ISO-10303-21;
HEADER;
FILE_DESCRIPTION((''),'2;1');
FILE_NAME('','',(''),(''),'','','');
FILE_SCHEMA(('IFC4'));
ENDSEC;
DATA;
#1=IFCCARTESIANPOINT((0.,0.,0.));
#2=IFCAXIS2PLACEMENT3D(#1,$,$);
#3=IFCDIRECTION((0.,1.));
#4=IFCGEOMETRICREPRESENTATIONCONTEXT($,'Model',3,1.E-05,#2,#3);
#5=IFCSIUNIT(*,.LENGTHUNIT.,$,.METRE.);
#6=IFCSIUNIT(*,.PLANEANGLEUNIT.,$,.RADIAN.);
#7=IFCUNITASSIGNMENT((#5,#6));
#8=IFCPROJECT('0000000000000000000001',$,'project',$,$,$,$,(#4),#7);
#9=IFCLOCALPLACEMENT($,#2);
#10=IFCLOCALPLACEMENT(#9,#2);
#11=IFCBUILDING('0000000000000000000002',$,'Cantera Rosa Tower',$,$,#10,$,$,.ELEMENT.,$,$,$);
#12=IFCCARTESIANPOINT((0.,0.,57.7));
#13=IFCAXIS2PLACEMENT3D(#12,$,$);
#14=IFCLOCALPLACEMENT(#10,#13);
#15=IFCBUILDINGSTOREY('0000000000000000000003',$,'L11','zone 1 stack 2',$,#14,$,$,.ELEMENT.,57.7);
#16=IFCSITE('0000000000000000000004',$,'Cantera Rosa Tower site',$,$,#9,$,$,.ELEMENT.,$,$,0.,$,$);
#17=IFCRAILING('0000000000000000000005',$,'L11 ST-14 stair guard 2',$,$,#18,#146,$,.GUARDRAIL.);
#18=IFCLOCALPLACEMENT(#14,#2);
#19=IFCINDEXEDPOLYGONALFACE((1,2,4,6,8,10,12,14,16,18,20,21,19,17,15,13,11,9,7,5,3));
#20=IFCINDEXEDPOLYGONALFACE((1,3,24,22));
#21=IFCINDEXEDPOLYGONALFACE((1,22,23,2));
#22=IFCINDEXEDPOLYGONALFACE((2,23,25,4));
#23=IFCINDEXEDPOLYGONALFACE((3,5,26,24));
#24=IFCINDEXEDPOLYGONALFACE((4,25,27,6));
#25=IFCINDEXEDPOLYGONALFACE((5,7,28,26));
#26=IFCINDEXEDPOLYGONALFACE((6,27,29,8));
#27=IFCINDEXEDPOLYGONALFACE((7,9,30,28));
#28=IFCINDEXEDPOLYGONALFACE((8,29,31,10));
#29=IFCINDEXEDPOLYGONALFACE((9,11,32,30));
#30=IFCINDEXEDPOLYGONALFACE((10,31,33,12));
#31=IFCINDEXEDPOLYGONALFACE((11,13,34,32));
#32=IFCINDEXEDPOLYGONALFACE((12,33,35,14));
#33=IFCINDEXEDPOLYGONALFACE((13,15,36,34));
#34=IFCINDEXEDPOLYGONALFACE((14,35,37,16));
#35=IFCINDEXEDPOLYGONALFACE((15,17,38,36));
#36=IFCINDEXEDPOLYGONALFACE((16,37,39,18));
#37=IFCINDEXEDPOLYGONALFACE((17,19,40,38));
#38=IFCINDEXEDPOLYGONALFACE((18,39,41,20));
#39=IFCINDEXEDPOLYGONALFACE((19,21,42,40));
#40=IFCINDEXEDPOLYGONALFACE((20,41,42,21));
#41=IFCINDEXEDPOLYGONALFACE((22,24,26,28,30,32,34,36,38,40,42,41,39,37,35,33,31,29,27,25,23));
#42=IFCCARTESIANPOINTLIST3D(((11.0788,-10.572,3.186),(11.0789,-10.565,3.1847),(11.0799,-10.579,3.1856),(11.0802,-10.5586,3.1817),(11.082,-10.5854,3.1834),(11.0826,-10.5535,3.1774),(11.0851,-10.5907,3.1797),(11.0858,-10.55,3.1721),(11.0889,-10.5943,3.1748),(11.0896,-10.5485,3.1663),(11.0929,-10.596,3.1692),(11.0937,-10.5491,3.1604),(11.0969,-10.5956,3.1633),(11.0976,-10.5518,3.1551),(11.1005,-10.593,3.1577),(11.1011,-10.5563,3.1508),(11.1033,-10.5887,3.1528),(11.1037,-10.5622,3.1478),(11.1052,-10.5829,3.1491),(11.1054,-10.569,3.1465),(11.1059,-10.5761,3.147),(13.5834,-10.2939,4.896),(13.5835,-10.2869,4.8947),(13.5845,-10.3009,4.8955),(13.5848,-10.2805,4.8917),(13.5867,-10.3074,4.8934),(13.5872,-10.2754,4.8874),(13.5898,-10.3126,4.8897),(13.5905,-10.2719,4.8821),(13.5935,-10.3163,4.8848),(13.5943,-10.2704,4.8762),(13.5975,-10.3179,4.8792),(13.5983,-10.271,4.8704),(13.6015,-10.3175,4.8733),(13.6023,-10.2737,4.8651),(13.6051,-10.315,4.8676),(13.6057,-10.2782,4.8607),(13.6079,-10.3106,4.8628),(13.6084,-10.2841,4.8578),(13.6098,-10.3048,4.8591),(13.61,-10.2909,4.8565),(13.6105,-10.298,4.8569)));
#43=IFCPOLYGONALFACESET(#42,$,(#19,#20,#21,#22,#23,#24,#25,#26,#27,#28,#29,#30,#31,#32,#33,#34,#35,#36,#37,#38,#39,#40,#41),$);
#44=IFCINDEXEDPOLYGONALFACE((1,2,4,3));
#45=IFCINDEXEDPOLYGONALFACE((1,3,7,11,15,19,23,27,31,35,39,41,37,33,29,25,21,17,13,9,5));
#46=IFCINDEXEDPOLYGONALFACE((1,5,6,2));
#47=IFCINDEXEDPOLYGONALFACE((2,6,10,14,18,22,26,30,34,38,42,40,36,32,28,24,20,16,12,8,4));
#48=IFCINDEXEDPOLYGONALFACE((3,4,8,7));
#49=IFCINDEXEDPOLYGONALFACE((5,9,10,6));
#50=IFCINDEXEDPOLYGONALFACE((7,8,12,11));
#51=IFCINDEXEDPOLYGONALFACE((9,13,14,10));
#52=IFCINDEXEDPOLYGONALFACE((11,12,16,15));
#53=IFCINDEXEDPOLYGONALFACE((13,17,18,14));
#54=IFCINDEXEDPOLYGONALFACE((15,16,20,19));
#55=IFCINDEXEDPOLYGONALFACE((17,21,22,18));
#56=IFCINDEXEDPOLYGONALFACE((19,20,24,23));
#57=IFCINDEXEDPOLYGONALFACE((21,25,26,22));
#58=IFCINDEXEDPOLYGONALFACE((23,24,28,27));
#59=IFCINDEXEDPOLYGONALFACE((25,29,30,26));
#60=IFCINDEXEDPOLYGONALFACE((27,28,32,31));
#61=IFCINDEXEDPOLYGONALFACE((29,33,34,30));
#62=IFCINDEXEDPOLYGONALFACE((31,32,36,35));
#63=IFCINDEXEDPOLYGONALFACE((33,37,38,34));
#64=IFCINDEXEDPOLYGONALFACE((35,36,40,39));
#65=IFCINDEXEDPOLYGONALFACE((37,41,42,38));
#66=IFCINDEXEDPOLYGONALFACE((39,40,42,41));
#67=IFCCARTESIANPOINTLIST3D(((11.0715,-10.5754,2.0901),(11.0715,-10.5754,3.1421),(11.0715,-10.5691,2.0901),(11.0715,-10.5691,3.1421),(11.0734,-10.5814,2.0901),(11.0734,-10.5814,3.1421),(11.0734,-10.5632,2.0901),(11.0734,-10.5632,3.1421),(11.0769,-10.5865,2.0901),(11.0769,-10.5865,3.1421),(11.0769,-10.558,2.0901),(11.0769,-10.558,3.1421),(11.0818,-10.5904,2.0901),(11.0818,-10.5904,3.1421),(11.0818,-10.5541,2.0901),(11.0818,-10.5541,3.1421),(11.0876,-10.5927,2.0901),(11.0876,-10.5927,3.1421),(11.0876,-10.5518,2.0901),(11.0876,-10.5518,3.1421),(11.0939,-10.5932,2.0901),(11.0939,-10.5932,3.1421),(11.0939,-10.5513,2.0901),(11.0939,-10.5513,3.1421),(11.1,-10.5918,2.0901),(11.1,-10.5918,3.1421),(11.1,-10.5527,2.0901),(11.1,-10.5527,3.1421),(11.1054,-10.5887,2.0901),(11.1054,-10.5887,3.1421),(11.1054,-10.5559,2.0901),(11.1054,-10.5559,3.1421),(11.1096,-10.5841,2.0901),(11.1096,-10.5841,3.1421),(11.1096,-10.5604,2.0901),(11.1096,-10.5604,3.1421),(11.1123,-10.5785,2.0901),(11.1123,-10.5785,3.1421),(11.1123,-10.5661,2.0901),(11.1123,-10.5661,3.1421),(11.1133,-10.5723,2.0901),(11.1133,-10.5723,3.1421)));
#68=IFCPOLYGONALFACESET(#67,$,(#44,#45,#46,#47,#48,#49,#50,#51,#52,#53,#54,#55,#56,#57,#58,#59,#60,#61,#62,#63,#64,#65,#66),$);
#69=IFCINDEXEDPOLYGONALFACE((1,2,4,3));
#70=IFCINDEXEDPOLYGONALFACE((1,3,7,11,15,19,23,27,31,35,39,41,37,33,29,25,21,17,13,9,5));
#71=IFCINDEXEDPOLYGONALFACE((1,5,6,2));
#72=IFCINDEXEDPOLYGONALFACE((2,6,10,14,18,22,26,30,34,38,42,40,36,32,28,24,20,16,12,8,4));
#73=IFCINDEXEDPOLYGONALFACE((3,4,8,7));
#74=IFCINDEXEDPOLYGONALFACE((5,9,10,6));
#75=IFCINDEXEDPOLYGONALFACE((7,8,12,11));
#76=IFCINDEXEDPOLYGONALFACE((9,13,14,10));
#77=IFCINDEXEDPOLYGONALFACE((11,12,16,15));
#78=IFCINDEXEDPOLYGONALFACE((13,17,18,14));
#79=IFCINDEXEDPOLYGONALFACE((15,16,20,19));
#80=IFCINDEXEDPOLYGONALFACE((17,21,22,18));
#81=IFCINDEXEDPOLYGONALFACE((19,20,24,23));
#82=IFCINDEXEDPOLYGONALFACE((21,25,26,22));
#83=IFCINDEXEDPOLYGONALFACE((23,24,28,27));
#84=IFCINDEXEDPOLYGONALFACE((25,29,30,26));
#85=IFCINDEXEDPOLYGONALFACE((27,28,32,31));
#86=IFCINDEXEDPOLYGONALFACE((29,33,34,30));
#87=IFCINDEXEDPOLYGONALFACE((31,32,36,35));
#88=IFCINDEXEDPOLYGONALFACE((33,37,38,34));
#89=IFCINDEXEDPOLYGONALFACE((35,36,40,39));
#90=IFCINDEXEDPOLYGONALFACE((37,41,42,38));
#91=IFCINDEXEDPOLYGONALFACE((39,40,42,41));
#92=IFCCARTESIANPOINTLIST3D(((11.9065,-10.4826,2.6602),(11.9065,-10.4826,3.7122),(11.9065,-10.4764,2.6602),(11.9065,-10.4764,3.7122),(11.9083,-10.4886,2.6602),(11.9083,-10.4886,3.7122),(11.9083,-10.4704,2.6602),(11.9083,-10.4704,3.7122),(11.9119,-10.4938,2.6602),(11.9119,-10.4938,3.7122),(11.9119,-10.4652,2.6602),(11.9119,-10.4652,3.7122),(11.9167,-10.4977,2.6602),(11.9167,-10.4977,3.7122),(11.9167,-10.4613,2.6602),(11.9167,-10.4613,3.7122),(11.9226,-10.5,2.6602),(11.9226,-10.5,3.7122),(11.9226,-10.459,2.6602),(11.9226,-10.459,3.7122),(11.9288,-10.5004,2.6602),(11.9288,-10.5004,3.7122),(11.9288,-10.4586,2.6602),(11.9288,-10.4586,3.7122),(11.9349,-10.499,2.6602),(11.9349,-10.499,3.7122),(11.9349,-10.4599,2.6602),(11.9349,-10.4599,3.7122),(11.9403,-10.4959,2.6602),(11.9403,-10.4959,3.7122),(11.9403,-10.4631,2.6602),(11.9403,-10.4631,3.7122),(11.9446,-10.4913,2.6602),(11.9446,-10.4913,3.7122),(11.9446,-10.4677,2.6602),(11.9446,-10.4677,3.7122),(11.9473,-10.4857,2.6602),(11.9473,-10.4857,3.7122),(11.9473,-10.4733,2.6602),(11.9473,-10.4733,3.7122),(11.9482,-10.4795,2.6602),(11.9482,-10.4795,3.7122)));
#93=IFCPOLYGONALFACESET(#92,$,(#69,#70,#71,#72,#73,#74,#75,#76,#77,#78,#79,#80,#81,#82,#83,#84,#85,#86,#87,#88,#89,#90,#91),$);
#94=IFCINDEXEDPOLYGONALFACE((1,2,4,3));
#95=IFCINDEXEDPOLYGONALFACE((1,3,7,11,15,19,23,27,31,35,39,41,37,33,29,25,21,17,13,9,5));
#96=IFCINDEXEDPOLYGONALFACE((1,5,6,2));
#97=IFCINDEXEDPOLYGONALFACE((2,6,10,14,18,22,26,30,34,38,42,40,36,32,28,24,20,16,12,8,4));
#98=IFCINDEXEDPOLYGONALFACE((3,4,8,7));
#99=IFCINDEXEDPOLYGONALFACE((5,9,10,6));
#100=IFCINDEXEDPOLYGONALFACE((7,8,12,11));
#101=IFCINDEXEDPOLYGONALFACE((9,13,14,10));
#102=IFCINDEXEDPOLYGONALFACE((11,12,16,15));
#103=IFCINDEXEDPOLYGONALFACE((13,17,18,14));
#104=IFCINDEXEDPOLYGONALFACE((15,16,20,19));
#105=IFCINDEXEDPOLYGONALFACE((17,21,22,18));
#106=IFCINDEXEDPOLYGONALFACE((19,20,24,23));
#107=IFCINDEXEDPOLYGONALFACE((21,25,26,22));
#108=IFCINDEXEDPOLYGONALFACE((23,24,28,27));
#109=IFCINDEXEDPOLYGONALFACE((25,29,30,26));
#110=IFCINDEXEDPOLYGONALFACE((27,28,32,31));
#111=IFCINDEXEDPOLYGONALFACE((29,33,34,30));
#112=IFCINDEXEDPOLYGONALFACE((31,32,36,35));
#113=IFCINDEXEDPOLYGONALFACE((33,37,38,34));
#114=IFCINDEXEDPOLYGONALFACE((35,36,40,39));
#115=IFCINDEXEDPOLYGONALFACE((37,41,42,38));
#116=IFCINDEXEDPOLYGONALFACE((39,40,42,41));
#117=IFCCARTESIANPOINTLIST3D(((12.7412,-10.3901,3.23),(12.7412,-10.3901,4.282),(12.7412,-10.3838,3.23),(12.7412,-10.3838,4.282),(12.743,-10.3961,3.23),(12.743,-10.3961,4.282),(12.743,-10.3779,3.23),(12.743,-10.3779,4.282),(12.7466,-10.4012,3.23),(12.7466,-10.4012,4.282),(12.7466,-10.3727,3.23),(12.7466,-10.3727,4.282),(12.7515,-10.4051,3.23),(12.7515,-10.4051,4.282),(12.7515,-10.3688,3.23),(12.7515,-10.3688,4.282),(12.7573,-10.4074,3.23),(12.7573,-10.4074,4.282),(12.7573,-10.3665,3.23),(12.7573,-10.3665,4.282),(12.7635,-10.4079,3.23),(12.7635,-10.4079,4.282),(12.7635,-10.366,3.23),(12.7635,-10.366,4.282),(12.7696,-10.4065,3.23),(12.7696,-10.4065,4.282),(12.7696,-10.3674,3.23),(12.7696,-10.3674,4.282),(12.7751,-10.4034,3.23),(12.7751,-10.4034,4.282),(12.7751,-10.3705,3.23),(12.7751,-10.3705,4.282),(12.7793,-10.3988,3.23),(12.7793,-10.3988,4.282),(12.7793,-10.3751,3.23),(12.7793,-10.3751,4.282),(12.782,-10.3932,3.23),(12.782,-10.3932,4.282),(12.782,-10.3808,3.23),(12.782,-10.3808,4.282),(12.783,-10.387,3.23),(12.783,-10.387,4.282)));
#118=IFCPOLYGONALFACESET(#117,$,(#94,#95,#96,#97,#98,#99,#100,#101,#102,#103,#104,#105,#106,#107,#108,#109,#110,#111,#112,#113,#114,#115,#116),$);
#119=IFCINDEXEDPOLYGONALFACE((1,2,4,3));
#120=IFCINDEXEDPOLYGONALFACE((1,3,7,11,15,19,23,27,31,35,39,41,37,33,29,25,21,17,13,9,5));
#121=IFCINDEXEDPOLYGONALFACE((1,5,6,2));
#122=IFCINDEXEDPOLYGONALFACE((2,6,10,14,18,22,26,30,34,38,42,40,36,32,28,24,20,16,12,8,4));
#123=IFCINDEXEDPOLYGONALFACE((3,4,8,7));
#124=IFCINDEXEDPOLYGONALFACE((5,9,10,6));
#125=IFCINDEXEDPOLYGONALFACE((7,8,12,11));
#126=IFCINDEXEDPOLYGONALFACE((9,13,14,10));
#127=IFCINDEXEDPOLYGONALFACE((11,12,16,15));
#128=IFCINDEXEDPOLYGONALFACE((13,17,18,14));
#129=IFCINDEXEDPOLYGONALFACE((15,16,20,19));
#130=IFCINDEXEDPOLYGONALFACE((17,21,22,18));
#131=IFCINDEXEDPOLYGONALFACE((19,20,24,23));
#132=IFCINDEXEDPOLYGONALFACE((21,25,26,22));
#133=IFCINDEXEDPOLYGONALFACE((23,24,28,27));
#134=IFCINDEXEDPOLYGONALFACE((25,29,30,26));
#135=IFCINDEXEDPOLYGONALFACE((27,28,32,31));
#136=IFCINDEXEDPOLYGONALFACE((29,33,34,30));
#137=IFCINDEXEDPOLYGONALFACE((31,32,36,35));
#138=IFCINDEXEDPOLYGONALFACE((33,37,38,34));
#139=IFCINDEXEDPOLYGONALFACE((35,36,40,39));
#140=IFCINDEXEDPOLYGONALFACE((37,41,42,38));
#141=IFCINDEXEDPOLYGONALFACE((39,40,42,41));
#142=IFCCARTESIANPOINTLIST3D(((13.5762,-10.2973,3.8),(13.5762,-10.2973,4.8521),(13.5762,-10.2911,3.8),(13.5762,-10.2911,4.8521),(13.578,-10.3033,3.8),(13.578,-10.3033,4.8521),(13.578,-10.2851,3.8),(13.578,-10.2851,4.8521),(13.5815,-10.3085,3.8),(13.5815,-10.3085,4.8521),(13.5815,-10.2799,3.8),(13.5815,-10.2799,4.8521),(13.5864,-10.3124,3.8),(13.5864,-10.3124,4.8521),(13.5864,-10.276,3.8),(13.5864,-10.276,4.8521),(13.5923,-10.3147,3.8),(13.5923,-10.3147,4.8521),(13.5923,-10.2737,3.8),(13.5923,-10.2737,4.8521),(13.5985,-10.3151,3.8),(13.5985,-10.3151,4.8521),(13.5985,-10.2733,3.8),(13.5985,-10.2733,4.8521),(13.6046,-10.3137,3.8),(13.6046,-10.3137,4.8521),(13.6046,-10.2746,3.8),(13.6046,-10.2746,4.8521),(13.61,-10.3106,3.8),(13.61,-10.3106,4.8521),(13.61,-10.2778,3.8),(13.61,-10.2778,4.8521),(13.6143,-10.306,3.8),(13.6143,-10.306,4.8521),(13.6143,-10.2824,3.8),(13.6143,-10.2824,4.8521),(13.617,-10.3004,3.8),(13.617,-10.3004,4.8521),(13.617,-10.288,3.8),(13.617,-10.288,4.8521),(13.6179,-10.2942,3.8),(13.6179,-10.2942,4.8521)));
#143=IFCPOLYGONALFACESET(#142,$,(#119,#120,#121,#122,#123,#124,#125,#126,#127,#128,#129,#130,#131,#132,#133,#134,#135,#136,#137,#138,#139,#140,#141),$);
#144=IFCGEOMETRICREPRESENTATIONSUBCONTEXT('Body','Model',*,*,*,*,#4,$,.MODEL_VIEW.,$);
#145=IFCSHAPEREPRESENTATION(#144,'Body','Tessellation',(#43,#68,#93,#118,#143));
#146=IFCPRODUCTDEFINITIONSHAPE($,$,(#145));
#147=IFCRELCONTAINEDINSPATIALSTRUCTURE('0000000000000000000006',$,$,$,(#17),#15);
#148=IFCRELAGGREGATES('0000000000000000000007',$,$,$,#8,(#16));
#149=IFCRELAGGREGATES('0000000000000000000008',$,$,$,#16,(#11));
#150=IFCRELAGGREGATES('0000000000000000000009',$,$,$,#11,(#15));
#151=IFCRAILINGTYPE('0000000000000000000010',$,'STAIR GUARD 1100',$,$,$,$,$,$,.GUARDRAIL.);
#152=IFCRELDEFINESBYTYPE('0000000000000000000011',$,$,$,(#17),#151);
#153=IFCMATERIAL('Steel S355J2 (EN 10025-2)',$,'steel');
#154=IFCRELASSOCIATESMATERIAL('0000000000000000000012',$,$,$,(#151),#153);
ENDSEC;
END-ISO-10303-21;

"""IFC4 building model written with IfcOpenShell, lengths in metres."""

from ifc_helpers import new_model, si_unit, direction, frame, origin, origin_2d, place, context, subcontext, project, spatial, circle, extrude, material, type_object, element, save


model = new_model("IFC4")

# Units and contexts
model_context = context("Model", 3, precision=1e-05, world=origin(), true_north=direction((0.0, 1.0)))
body_context = subcontext(model_context, "Body", "Model", "MODEL_VIEW")
ifc_project = project(units=[si_unit("LENGTHUNIT", "METRE"), si_unit("PLANEANGLEUNIT", "RADIAN")], contexts=[model_context])

# Site, building, storey
site_placement = place(None, origin())
site = spatial("IfcSite", under=ifc_project, at=site_placement, Name="Cantera Rosa Tower site", CompositionType="ELEMENT", RefElevation=0.0)
building_placement = place(site_placement, origin())
building = spatial("IfcBuilding", under=site, at=building_placement, Name="Cantera Rosa Tower", CompositionType="ELEMENT")
storey_placement = place(building_placement, frame((0.0, 0.0, 57.7)))
storey = spatial("IfcBuildingStorey", under=building, at=storey_placement, Name="L11", Description="zone 1 stack 2", CompositionType="ELEMENT", Elevation=57.7)

# Railing
ifc_material_1 = material(Name="Steel S355J2 (EN 10025-2)", Category="steel")
railing_type_1 = type_object("IfcRailingType", Name="STAIR GUARD 1100", PredefinedType="GUARDRAIL", material=ifc_material_1)
railing_1_placement = place(storey_placement, frame((11.0923, -10.5723, 2.0901)))
element("IfcRailing", 1, at=railing_1_placement, inside=storey, type_object=railing_type_1, Name="L11 ST-14 stair guard 2", PredefinedType="GUARDRAIL", context=body_context, shape_type="SweptSolid", body=[
    extrude(circle(Radius=0.0239, at=origin_2d()), frame((0.0, 0.0, 1.0762), z_axis=(0.822431, 0.09131, 0.561488), x_axis=(-0.110346, 0.993893, 0.0)), (0.0, 0.0, 1.0), 3.0454),
    extrude(circle(Radius=0.021, at=origin_2d()), origin(), (0.0, 0.0, 1.0), 1.052),
    extrude(circle(Radius=0.021, at=origin_2d()), frame((0.835, 0.0928, 0.5701)), (0.0, 0.0, 1.0), 1.052),
    extrude(circle(Radius=0.021, at=origin_2d()), frame((1.6697, 0.1853, 1.1399)), (0.0, 0.0, 1.0), 1.052),
    extrude(circle(Radius=0.021, at=origin_2d()), frame((2.5046, 0.2781, 1.71)), (0.0, 0.0, 1.0), 1.052),
])

save(model, "model.ifc")
